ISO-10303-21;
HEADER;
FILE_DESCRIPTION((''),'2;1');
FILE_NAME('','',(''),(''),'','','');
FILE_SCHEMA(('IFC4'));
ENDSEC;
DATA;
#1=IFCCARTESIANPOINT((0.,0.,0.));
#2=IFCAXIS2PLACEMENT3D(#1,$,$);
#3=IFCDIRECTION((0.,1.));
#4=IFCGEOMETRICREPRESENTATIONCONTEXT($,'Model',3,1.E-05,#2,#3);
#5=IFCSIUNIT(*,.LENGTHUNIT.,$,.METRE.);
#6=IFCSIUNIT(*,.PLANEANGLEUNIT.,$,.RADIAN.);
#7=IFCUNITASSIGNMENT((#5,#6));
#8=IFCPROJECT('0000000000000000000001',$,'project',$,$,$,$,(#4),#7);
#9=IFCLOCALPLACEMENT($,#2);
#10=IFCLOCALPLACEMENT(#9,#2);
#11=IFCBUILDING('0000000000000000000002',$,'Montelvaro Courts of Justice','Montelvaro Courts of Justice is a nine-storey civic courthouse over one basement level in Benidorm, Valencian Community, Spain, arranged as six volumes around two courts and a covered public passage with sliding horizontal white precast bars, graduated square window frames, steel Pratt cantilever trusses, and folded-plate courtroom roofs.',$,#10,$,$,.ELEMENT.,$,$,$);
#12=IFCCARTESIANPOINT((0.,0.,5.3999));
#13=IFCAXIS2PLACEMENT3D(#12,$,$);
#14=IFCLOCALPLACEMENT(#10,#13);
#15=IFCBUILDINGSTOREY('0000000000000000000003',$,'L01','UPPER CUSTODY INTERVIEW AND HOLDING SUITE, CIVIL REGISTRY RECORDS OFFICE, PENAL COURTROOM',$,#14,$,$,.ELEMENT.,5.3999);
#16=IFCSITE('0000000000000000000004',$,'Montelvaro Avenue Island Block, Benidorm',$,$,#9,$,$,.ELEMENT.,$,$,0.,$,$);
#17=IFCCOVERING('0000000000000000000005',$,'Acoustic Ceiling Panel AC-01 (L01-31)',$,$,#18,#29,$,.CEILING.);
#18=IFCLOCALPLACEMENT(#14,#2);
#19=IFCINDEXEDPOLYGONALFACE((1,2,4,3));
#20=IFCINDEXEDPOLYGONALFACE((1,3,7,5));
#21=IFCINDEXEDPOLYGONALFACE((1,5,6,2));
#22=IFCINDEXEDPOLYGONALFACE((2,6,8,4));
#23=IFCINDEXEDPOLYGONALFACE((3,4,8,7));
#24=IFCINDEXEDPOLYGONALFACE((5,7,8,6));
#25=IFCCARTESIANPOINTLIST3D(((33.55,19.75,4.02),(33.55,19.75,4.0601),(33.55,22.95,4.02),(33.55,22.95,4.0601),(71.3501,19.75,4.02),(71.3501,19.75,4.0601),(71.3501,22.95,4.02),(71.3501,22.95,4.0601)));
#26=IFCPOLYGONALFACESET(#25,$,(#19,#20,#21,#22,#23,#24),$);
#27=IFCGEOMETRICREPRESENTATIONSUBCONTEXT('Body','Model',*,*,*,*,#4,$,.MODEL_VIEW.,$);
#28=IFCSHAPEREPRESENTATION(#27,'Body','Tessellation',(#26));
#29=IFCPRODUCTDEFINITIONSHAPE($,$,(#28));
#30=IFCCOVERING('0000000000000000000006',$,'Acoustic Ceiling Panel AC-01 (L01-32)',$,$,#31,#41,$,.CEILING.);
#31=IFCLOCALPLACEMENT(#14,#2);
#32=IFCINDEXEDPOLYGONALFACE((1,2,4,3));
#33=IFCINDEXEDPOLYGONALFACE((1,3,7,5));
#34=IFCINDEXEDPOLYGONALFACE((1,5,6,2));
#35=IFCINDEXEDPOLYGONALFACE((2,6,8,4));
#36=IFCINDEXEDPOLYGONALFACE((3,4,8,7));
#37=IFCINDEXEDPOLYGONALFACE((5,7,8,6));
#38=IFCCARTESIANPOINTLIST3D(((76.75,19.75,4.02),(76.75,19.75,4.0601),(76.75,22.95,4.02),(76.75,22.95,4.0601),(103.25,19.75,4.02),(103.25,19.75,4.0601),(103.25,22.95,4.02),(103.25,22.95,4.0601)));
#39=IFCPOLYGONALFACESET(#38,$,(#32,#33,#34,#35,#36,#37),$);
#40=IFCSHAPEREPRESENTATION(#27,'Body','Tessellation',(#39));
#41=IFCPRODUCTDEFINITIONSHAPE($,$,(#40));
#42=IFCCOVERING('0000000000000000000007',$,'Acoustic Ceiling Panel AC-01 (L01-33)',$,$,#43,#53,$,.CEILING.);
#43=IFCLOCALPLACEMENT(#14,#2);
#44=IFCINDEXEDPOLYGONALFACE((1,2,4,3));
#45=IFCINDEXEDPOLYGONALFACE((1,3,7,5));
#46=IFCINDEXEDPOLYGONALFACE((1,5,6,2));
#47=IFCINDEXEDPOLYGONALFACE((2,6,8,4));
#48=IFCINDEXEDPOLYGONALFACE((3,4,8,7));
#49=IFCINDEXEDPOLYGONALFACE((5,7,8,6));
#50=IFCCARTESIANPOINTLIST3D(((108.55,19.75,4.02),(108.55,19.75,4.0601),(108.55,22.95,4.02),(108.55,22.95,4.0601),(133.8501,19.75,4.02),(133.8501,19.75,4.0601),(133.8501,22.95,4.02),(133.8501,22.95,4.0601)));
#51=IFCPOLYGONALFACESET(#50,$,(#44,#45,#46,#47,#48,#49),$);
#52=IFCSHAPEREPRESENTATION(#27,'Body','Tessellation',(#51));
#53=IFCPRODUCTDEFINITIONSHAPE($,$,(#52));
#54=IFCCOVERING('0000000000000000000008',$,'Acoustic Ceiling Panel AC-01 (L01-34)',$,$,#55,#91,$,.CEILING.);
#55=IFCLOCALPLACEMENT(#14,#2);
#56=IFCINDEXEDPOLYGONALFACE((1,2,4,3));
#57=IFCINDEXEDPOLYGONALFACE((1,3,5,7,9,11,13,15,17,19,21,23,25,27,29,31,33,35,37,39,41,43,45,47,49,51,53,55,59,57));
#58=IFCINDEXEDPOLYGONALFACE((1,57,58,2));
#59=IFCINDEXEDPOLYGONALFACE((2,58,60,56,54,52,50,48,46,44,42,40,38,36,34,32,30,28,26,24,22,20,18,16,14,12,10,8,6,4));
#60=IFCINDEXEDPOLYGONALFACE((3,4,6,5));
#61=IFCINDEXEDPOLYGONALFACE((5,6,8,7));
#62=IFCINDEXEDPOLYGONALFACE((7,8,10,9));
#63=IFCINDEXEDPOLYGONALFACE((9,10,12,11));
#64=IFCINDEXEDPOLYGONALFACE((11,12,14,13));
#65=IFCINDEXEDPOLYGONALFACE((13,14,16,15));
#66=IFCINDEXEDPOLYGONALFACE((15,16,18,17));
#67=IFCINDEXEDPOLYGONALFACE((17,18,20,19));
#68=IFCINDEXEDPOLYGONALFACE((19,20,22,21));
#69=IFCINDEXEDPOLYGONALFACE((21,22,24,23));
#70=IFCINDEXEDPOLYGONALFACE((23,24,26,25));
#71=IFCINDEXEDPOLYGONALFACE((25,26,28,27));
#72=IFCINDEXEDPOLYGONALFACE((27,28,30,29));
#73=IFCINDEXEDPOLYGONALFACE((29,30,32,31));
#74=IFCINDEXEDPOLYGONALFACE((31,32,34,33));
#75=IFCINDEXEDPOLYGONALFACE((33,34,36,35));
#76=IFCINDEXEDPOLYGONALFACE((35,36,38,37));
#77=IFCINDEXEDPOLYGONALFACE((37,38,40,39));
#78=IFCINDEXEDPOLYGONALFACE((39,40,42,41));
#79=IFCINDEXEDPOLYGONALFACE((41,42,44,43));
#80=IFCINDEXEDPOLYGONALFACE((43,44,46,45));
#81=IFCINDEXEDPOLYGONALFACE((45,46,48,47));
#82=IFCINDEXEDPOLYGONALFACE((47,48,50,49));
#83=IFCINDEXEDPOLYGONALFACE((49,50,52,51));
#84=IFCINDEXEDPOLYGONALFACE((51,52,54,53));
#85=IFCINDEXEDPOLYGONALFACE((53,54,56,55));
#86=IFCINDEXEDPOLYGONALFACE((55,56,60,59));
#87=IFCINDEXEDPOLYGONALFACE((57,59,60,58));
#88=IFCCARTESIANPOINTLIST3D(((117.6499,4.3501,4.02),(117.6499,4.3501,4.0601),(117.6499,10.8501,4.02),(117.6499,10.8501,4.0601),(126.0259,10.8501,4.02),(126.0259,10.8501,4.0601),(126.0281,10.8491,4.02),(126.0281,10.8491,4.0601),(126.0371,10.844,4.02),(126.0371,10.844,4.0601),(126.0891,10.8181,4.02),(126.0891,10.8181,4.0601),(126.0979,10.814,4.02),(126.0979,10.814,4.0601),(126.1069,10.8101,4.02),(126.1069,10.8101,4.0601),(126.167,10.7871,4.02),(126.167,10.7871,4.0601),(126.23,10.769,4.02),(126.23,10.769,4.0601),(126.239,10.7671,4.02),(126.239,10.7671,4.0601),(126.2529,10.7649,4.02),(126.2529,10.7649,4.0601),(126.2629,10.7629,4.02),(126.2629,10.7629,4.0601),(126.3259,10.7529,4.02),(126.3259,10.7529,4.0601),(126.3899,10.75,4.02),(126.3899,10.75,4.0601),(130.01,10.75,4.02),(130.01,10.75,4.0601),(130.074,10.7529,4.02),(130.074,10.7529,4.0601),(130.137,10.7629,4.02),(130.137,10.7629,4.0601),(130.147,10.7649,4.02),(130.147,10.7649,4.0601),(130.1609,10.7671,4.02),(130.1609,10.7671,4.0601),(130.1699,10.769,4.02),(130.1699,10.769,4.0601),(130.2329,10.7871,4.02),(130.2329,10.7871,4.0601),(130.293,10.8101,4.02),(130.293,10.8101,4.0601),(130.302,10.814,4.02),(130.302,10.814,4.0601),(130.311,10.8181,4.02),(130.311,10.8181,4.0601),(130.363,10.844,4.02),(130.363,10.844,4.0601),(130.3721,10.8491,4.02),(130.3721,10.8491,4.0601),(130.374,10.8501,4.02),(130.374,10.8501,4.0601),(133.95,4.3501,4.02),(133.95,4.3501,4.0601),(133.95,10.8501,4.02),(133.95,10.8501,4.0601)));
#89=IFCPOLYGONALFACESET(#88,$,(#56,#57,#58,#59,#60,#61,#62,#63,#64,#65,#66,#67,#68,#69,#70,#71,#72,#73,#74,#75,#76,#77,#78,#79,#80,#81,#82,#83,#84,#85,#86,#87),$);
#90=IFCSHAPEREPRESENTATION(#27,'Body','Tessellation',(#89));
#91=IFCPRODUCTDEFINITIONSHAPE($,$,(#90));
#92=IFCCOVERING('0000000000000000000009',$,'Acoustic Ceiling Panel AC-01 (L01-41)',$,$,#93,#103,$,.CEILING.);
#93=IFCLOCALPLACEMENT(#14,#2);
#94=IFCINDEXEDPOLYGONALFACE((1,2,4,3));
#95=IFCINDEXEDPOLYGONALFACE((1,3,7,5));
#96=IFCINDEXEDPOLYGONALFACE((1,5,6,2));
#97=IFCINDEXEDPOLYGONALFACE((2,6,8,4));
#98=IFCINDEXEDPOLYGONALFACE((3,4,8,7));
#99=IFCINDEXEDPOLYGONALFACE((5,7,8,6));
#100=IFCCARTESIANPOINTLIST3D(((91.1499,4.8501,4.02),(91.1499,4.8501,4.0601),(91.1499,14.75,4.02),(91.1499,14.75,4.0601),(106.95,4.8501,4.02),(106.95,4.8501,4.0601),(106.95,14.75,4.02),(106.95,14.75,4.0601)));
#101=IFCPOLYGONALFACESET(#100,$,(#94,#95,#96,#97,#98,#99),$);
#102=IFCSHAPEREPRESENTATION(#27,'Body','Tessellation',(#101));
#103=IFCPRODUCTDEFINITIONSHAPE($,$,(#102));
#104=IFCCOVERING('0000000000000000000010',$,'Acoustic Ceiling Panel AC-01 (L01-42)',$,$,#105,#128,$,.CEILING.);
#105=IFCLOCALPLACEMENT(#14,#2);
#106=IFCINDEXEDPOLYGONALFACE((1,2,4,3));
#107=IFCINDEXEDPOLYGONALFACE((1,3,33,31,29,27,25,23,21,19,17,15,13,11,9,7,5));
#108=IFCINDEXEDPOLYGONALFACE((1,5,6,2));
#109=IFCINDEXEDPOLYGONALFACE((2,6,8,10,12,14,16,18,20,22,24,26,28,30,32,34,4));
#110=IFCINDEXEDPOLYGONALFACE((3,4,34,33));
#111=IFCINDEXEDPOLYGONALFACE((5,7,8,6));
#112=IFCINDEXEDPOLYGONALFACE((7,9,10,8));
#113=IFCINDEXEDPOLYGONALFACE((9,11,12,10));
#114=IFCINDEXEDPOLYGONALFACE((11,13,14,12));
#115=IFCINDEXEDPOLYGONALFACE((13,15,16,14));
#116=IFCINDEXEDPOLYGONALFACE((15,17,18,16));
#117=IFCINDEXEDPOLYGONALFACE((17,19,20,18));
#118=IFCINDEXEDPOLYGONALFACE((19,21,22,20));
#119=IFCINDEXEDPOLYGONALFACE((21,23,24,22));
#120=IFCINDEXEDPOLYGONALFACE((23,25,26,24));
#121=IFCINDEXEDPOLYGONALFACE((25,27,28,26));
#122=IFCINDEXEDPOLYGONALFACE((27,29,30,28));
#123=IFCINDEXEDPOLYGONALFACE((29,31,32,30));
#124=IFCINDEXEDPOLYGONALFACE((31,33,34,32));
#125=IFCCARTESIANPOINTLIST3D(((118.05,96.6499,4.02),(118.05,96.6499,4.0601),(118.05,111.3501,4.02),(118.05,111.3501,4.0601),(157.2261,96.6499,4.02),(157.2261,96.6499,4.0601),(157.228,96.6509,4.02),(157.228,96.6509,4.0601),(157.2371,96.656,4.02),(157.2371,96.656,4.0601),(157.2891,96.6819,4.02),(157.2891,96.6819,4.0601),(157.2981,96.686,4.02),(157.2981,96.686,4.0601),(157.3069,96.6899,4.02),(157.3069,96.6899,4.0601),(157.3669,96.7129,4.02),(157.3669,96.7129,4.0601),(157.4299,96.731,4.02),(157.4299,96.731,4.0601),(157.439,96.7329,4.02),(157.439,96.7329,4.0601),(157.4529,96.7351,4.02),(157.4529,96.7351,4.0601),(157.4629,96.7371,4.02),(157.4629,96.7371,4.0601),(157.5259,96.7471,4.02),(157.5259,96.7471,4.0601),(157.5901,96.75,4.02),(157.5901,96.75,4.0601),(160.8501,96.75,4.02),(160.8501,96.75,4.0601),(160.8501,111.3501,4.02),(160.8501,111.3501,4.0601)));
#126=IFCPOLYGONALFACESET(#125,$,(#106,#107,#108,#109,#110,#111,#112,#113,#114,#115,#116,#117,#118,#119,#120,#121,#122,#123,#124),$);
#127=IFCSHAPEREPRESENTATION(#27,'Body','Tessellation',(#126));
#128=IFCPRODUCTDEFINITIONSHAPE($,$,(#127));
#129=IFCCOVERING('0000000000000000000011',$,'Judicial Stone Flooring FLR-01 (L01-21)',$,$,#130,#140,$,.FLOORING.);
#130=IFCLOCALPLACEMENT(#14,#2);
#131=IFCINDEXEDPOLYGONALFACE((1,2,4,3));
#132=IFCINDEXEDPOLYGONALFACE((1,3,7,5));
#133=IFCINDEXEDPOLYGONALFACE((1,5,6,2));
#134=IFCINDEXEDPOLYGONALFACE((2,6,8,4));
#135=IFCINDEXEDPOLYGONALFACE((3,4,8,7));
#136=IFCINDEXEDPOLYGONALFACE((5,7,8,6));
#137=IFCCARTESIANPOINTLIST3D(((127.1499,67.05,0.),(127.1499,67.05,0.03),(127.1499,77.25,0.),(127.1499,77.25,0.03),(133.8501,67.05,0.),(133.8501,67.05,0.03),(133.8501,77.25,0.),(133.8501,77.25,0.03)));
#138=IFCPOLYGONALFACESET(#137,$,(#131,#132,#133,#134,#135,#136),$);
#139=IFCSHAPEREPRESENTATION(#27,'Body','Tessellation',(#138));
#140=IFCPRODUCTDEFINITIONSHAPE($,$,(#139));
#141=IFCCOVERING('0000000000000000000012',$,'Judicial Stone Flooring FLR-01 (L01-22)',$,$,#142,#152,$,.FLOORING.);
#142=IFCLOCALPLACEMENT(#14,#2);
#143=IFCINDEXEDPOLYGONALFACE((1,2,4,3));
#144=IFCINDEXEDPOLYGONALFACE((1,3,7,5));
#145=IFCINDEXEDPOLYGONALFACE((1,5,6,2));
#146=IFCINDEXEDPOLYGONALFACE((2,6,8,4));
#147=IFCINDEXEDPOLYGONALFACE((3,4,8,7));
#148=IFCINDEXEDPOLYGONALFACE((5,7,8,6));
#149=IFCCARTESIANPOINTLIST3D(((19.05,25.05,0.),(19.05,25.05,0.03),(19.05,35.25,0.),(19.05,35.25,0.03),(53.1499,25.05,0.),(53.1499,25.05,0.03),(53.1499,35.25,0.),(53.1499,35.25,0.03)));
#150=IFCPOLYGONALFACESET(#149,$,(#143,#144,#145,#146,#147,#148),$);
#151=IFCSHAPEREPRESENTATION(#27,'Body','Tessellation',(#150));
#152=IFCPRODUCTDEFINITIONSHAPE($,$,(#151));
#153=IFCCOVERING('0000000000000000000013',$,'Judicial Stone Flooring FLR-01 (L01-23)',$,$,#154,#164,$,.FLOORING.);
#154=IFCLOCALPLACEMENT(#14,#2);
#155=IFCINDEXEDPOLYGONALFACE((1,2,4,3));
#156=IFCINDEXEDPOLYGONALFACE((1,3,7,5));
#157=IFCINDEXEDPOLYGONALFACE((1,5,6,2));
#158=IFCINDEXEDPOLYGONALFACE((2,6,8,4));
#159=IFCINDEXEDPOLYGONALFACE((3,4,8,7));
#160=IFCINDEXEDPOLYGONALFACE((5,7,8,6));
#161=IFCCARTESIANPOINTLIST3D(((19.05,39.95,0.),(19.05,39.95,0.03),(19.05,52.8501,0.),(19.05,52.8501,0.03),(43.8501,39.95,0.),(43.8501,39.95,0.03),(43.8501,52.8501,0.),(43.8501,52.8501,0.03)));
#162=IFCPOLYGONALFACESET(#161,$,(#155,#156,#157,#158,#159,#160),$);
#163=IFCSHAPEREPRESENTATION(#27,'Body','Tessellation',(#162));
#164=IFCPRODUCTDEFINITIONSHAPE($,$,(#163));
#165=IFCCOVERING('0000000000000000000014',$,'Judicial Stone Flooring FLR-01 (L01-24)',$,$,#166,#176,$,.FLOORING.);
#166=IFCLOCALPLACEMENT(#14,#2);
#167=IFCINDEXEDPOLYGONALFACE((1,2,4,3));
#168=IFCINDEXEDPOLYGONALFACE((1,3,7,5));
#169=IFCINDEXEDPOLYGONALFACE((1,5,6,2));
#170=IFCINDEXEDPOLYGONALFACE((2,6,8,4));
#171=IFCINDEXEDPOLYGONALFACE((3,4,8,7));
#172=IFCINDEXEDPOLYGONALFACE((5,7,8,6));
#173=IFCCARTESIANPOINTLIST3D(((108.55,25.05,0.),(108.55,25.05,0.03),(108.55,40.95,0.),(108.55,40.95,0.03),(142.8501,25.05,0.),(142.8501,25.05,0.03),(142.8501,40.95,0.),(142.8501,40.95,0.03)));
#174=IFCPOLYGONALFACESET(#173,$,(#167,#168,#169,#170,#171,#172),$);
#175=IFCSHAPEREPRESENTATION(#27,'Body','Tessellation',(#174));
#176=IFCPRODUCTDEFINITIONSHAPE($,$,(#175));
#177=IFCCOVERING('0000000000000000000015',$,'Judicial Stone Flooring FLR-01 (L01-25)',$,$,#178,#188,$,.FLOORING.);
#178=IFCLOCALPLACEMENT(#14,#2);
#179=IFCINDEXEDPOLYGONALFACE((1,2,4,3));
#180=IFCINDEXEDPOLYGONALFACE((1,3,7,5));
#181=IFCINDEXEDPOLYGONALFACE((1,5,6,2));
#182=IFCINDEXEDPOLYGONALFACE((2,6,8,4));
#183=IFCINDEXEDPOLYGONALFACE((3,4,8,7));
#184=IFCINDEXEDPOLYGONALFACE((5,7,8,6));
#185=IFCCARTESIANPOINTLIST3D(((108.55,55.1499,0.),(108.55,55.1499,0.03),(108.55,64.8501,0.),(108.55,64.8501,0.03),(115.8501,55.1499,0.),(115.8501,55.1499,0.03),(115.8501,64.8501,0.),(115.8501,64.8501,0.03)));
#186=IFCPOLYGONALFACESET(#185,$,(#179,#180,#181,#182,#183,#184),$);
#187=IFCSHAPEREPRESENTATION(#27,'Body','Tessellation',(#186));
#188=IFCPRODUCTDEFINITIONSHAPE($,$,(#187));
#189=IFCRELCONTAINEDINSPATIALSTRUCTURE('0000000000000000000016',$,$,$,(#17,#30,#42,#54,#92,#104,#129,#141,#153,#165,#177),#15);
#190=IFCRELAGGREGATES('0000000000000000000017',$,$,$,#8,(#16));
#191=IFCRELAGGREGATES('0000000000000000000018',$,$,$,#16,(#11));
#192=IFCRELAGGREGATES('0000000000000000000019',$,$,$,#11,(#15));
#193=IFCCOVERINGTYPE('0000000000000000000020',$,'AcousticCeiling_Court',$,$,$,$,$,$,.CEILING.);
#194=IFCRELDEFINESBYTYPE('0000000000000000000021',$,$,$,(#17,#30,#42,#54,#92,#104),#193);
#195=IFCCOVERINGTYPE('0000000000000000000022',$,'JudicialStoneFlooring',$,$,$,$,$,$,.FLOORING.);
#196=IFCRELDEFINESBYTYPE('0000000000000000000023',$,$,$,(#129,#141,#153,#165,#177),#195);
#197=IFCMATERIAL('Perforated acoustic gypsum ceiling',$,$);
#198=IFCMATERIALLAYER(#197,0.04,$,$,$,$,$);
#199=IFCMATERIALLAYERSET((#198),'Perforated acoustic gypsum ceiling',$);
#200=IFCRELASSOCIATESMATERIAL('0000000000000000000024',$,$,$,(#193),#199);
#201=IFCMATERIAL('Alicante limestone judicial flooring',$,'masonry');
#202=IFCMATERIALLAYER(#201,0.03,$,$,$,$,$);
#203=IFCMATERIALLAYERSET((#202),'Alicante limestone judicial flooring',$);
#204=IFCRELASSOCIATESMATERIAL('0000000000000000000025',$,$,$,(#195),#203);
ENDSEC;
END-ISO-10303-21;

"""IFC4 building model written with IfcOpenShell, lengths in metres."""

from ifc_helpers import new_model, si_unit, direction, frame, origin, place, context, subcontext, project, spatial, polyline, outline, extrude, material, layer, layer_set, type_object, element, save


model = new_model("IFC4")

# Units and contexts
model_context = context("Model", 3, precision=1e-05, world=origin(), true_north=direction((0.0, 1.0)))
body_context = subcontext(model_context, "Body", "Model", "MODEL_VIEW")
ifc_project = project(units=[si_unit("LENGTHUNIT", "METRE"), si_unit("PLANEANGLEUNIT", "RADIAN")], contexts=[model_context])

# Site, building, storey
site_placement = place(None, origin())
site = spatial("IfcSite", under=ifc_project, at=site_placement, Name="Montelvaro Avenue Island Block, Benidorm", CompositionType="ELEMENT", RefElevation=0.0)
building_placement = place(site_placement, origin())
building = spatial("IfcBuilding", under=site, at=building_placement, Name="Montelvaro Courts of Justice", Description="Montelvaro Courts of Justice is a nine-storey civic courthouse over one basement level in Benidorm, Valencian Community, Spain, arranged as six volumes around two courts and a covered public passage with sliding horizontal white precast bars, graduated square window frames, steel Pratt cantilever trusses, and folded-plate courtroom roofs.", CompositionType="ELEMENT")
storey_placement = place(building_placement, frame((0.0, 0.0, 5.3999)))
storey = spatial("IfcBuildingStorey", under=building, at=storey_placement, Name="L01", Description="UPPER CUSTODY INTERVIEW AND HOLDING SUITE, CIVIL REGISTRY RECORDS OFFICE, PENAL COURTROOM", CompositionType="ELEMENT", Elevation=5.3999)

# Coverings
ifc_material_1 = material(Name="Perforated acoustic gypsum ceiling")
ifc_layer_1 = layer(ifc_material_1, 0.04)
ifc_layer_set_1 = layer_set([ifc_layer_1], Name="Perforated acoustic gypsum ceiling")
covering_type_1 = type_object("IfcCoveringType", Name="AcousticCeiling_Court", PredefinedType="CEILING", material=ifc_layer_set_1)
covering_1_placement = place(storey_placement, frame((0.0, 0.0, 4.02)))
element("IfcCovering", 1, at=covering_1_placement, inside=storey, type_object=covering_type_1, Name="Acoustic Ceiling Panel AC-01 (L01-31)", PredefinedType="CEILING", context=body_context, shape_type="SweptSolid", body=[
    extrude(outline(polyline([(33.55, 22.95), (71.3501, 22.95), (71.3501, 19.75), (33.55, 19.75), (33.55, 22.95)])), origin(), (0.0, 0.0, 1.0), 0.04),
])
covering_2_placement = place(storey_placement, frame((0.0, 0.0, 4.02)))
element("IfcCovering", 2, at=covering_2_placement, inside=storey, type_object=covering_type_1, Name="Acoustic Ceiling Panel AC-01 (L01-32)", PredefinedType="CEILING", context=body_context, shape_type="SweptSolid", body=[
    extrude(outline(polyline([(76.75, 19.75), (76.75, 22.95), (103.25, 22.95), (103.25, 19.75), (76.75, 19.75)])), origin(), (0.0, 0.0, 1.0), 0.04),
])
covering_3_placement = place(storey_placement, frame((0.0, 0.0, 4.02)))
element("IfcCovering", 3, at=covering_3_placement, inside=storey, type_object=covering_type_1, Name="Acoustic Ceiling Panel AC-01 (L01-33)", PredefinedType="CEILING", context=body_context, shape_type="SweptSolid", body=[
    extrude(outline(polyline([(133.8501, 19.75), (108.55, 19.75), (108.55, 22.95), (133.8501, 22.95), (133.8501, 19.75)])), origin(), (0.0, 0.0, 1.0), 0.04),
])
covering_4_placement = place(storey_placement, frame((0.0, 0.0, 4.02)))
element("IfcCovering", 4, at=covering_4_placement, inside=storey, type_object=covering_type_1, Name="Acoustic Ceiling Panel AC-01 (L01-34)", PredefinedType="CEILING", context=body_context, shape_type="SweptSolid", body=[
    extrude(outline(polyline([(117.6499, 10.8501), (126.0259, 10.8501), (126.0281, 10.8491), (126.0371, 10.844), (126.0891, 10.8181), (126.0979, 10.814), (126.1069, 10.8101), (126.167, 10.7871), (126.23, 10.769), (126.239, 10.7671), (126.2529, 10.7649), (126.2629, 10.7629), (126.3259, 10.7529), (126.3899, 10.75), (130.01, 10.75), (130.074, 10.7529), (130.137, 10.7629), (130.147, 10.7649), (130.1609, 10.7671), (130.1699, 10.769), (130.2329, 10.7871), (130.293, 10.8101), (130.302, 10.814), (130.311, 10.8181), (130.363, 10.844), (130.3721, 10.8491), (130.374, 10.8501), (133.95, 10.8501), (133.95, 4.3501), (117.6499, 4.3501), (117.6499, 10.8501)])), origin(), (0.0, 0.0, 1.0), 0.04),
])
covering_5_placement = place(storey_placement, frame((0.0, 0.0, 4.02)))
element("IfcCovering", 5, at=covering_5_placement, inside=storey, type_object=covering_type_1, Name="Acoustic Ceiling Panel AC-01 (L01-41)", PredefinedType="CEILING", context=body_context, shape_type="SweptSolid", body=[
    extrude(outline(polyline([(106.95, 4.8501), (91.1499, 4.8501), (91.1499, 14.75), (106.95, 14.75), (106.95, 4.8501)])), origin(), (0.0, 0.0, 1.0), 0.04),
])
covering_6_placement = place(storey_placement, frame((0.0, 0.0, 4.02)))
element("IfcCovering", 6, at=covering_6_placement, inside=storey, type_object=covering_type_1, Name="Acoustic Ceiling Panel AC-01 (L01-42)", PredefinedType="CEILING", context=body_context, shape_type="SweptSolid", body=[
    extrude(outline(polyline([(118.05, 111.3501), (160.8501, 111.3501), (160.8501, 96.75), (157.5901, 96.75), (157.5259, 96.7471), (157.4629, 96.7371), (157.4529, 96.7351), (157.439, 96.7329), (157.4299, 96.731), (157.3669, 96.7129), (157.3069, 96.6899), (157.2981, 96.686), (157.2891, 96.6819), (157.2371, 96.656), (157.228, 96.6509), (157.2261, 96.6499), (118.05, 96.6499), (118.05, 111.3501)])), origin(), (0.0, 0.0, 1.0), 0.04),
])
ifc_material_2 = material(Name="Alicante limestone judicial flooring", Category="masonry")
ifc_layer_2 = layer(ifc_material_2, 0.03)
ifc_layer_set_2 = layer_set([ifc_layer_2], Name="Alicante limestone judicial flooring")
covering_type_2 = type_object("IfcCoveringType", Name="JudicialStoneFlooring", PredefinedType="FLOORING", material=ifc_layer_set_2)
covering_7_placement = place(storey_placement, origin())
element("IfcCovering", 7, at=covering_7_placement, inside=storey, type_object=covering_type_2, Name="Judicial Stone Flooring FLR-01 (L01-21)", PredefinedType="FLOORING", context=body_context, shape_type="SweptSolid", body=[
    extrude(outline(polyline([(133.8501, 67.05), (127.1499, 67.05), (127.1499, 77.25), (133.8501, 77.25), (133.8501, 67.05)])), origin(), (0.0, 0.0, 1.0), 0.03),
])
covering_8_placement = place(storey_placement, origin())
element("IfcCovering", 8, at=covering_8_placement, inside=storey, type_object=covering_type_2, Name="Judicial Stone Flooring FLR-01 (L01-22)", PredefinedType="FLOORING", context=body_context, shape_type="SweptSolid", body=[
    extrude(outline(polyline([(19.05, 25.05), (19.05, 35.25), (53.1499, 35.25), (53.1499, 25.05), (19.05, 25.05)])), origin(), (0.0, 0.0, 1.0), 0.03),
])
covering_9_placement = place(storey_placement, origin())
element("IfcCovering", 9, at=covering_9_placement, inside=storey, type_object=covering_type_2, Name="Judicial Stone Flooring FLR-01 (L01-23)", PredefinedType="FLOORING", context=body_context, shape_type="SweptSolid", body=[
    extrude(outline(polyline([(19.05, 52.8501), (43.8501, 52.8501), (43.8501, 39.95), (19.05, 39.95), (19.05, 52.8501)])), origin(), (0.0, 0.0, 1.0), 0.03),
])
covering_10_placement = place(storey_placement, origin())
element("IfcCovering", 10, at=covering_10_placement, inside=storey, type_object=covering_type_2, Name="Judicial Stone Flooring FLR-01 (L01-24)", PredefinedType="FLOORING", context=body_context, shape_type="SweptSolid", body=[
    extrude(outline(polyline([(142.8501, 40.95), (142.8501, 25.05), (108.55, 25.05), (108.55, 40.95), (142.8501, 40.95)])), origin(), (0.0, 0.0, 1.0), 0.03),
])
covering_11_placement = place(storey_placement, origin())
element("IfcCovering", 11, at=covering_11_placement, inside=storey, type_object=covering_type_2, Name="Judicial Stone Flooring FLR-01 (L01-25)", PredefinedType="FLOORING", context=body_context, shape_type="SweptSolid", body=[
    extrude(outline(polyline([(108.55, 55.1499), (108.55, 64.8501), (115.8501, 64.8501), (115.8501, 55.1499), (108.55, 55.1499)])), origin(), (0.0, 0.0, 1.0), 0.03),
])

save(model, "model.ifc")
